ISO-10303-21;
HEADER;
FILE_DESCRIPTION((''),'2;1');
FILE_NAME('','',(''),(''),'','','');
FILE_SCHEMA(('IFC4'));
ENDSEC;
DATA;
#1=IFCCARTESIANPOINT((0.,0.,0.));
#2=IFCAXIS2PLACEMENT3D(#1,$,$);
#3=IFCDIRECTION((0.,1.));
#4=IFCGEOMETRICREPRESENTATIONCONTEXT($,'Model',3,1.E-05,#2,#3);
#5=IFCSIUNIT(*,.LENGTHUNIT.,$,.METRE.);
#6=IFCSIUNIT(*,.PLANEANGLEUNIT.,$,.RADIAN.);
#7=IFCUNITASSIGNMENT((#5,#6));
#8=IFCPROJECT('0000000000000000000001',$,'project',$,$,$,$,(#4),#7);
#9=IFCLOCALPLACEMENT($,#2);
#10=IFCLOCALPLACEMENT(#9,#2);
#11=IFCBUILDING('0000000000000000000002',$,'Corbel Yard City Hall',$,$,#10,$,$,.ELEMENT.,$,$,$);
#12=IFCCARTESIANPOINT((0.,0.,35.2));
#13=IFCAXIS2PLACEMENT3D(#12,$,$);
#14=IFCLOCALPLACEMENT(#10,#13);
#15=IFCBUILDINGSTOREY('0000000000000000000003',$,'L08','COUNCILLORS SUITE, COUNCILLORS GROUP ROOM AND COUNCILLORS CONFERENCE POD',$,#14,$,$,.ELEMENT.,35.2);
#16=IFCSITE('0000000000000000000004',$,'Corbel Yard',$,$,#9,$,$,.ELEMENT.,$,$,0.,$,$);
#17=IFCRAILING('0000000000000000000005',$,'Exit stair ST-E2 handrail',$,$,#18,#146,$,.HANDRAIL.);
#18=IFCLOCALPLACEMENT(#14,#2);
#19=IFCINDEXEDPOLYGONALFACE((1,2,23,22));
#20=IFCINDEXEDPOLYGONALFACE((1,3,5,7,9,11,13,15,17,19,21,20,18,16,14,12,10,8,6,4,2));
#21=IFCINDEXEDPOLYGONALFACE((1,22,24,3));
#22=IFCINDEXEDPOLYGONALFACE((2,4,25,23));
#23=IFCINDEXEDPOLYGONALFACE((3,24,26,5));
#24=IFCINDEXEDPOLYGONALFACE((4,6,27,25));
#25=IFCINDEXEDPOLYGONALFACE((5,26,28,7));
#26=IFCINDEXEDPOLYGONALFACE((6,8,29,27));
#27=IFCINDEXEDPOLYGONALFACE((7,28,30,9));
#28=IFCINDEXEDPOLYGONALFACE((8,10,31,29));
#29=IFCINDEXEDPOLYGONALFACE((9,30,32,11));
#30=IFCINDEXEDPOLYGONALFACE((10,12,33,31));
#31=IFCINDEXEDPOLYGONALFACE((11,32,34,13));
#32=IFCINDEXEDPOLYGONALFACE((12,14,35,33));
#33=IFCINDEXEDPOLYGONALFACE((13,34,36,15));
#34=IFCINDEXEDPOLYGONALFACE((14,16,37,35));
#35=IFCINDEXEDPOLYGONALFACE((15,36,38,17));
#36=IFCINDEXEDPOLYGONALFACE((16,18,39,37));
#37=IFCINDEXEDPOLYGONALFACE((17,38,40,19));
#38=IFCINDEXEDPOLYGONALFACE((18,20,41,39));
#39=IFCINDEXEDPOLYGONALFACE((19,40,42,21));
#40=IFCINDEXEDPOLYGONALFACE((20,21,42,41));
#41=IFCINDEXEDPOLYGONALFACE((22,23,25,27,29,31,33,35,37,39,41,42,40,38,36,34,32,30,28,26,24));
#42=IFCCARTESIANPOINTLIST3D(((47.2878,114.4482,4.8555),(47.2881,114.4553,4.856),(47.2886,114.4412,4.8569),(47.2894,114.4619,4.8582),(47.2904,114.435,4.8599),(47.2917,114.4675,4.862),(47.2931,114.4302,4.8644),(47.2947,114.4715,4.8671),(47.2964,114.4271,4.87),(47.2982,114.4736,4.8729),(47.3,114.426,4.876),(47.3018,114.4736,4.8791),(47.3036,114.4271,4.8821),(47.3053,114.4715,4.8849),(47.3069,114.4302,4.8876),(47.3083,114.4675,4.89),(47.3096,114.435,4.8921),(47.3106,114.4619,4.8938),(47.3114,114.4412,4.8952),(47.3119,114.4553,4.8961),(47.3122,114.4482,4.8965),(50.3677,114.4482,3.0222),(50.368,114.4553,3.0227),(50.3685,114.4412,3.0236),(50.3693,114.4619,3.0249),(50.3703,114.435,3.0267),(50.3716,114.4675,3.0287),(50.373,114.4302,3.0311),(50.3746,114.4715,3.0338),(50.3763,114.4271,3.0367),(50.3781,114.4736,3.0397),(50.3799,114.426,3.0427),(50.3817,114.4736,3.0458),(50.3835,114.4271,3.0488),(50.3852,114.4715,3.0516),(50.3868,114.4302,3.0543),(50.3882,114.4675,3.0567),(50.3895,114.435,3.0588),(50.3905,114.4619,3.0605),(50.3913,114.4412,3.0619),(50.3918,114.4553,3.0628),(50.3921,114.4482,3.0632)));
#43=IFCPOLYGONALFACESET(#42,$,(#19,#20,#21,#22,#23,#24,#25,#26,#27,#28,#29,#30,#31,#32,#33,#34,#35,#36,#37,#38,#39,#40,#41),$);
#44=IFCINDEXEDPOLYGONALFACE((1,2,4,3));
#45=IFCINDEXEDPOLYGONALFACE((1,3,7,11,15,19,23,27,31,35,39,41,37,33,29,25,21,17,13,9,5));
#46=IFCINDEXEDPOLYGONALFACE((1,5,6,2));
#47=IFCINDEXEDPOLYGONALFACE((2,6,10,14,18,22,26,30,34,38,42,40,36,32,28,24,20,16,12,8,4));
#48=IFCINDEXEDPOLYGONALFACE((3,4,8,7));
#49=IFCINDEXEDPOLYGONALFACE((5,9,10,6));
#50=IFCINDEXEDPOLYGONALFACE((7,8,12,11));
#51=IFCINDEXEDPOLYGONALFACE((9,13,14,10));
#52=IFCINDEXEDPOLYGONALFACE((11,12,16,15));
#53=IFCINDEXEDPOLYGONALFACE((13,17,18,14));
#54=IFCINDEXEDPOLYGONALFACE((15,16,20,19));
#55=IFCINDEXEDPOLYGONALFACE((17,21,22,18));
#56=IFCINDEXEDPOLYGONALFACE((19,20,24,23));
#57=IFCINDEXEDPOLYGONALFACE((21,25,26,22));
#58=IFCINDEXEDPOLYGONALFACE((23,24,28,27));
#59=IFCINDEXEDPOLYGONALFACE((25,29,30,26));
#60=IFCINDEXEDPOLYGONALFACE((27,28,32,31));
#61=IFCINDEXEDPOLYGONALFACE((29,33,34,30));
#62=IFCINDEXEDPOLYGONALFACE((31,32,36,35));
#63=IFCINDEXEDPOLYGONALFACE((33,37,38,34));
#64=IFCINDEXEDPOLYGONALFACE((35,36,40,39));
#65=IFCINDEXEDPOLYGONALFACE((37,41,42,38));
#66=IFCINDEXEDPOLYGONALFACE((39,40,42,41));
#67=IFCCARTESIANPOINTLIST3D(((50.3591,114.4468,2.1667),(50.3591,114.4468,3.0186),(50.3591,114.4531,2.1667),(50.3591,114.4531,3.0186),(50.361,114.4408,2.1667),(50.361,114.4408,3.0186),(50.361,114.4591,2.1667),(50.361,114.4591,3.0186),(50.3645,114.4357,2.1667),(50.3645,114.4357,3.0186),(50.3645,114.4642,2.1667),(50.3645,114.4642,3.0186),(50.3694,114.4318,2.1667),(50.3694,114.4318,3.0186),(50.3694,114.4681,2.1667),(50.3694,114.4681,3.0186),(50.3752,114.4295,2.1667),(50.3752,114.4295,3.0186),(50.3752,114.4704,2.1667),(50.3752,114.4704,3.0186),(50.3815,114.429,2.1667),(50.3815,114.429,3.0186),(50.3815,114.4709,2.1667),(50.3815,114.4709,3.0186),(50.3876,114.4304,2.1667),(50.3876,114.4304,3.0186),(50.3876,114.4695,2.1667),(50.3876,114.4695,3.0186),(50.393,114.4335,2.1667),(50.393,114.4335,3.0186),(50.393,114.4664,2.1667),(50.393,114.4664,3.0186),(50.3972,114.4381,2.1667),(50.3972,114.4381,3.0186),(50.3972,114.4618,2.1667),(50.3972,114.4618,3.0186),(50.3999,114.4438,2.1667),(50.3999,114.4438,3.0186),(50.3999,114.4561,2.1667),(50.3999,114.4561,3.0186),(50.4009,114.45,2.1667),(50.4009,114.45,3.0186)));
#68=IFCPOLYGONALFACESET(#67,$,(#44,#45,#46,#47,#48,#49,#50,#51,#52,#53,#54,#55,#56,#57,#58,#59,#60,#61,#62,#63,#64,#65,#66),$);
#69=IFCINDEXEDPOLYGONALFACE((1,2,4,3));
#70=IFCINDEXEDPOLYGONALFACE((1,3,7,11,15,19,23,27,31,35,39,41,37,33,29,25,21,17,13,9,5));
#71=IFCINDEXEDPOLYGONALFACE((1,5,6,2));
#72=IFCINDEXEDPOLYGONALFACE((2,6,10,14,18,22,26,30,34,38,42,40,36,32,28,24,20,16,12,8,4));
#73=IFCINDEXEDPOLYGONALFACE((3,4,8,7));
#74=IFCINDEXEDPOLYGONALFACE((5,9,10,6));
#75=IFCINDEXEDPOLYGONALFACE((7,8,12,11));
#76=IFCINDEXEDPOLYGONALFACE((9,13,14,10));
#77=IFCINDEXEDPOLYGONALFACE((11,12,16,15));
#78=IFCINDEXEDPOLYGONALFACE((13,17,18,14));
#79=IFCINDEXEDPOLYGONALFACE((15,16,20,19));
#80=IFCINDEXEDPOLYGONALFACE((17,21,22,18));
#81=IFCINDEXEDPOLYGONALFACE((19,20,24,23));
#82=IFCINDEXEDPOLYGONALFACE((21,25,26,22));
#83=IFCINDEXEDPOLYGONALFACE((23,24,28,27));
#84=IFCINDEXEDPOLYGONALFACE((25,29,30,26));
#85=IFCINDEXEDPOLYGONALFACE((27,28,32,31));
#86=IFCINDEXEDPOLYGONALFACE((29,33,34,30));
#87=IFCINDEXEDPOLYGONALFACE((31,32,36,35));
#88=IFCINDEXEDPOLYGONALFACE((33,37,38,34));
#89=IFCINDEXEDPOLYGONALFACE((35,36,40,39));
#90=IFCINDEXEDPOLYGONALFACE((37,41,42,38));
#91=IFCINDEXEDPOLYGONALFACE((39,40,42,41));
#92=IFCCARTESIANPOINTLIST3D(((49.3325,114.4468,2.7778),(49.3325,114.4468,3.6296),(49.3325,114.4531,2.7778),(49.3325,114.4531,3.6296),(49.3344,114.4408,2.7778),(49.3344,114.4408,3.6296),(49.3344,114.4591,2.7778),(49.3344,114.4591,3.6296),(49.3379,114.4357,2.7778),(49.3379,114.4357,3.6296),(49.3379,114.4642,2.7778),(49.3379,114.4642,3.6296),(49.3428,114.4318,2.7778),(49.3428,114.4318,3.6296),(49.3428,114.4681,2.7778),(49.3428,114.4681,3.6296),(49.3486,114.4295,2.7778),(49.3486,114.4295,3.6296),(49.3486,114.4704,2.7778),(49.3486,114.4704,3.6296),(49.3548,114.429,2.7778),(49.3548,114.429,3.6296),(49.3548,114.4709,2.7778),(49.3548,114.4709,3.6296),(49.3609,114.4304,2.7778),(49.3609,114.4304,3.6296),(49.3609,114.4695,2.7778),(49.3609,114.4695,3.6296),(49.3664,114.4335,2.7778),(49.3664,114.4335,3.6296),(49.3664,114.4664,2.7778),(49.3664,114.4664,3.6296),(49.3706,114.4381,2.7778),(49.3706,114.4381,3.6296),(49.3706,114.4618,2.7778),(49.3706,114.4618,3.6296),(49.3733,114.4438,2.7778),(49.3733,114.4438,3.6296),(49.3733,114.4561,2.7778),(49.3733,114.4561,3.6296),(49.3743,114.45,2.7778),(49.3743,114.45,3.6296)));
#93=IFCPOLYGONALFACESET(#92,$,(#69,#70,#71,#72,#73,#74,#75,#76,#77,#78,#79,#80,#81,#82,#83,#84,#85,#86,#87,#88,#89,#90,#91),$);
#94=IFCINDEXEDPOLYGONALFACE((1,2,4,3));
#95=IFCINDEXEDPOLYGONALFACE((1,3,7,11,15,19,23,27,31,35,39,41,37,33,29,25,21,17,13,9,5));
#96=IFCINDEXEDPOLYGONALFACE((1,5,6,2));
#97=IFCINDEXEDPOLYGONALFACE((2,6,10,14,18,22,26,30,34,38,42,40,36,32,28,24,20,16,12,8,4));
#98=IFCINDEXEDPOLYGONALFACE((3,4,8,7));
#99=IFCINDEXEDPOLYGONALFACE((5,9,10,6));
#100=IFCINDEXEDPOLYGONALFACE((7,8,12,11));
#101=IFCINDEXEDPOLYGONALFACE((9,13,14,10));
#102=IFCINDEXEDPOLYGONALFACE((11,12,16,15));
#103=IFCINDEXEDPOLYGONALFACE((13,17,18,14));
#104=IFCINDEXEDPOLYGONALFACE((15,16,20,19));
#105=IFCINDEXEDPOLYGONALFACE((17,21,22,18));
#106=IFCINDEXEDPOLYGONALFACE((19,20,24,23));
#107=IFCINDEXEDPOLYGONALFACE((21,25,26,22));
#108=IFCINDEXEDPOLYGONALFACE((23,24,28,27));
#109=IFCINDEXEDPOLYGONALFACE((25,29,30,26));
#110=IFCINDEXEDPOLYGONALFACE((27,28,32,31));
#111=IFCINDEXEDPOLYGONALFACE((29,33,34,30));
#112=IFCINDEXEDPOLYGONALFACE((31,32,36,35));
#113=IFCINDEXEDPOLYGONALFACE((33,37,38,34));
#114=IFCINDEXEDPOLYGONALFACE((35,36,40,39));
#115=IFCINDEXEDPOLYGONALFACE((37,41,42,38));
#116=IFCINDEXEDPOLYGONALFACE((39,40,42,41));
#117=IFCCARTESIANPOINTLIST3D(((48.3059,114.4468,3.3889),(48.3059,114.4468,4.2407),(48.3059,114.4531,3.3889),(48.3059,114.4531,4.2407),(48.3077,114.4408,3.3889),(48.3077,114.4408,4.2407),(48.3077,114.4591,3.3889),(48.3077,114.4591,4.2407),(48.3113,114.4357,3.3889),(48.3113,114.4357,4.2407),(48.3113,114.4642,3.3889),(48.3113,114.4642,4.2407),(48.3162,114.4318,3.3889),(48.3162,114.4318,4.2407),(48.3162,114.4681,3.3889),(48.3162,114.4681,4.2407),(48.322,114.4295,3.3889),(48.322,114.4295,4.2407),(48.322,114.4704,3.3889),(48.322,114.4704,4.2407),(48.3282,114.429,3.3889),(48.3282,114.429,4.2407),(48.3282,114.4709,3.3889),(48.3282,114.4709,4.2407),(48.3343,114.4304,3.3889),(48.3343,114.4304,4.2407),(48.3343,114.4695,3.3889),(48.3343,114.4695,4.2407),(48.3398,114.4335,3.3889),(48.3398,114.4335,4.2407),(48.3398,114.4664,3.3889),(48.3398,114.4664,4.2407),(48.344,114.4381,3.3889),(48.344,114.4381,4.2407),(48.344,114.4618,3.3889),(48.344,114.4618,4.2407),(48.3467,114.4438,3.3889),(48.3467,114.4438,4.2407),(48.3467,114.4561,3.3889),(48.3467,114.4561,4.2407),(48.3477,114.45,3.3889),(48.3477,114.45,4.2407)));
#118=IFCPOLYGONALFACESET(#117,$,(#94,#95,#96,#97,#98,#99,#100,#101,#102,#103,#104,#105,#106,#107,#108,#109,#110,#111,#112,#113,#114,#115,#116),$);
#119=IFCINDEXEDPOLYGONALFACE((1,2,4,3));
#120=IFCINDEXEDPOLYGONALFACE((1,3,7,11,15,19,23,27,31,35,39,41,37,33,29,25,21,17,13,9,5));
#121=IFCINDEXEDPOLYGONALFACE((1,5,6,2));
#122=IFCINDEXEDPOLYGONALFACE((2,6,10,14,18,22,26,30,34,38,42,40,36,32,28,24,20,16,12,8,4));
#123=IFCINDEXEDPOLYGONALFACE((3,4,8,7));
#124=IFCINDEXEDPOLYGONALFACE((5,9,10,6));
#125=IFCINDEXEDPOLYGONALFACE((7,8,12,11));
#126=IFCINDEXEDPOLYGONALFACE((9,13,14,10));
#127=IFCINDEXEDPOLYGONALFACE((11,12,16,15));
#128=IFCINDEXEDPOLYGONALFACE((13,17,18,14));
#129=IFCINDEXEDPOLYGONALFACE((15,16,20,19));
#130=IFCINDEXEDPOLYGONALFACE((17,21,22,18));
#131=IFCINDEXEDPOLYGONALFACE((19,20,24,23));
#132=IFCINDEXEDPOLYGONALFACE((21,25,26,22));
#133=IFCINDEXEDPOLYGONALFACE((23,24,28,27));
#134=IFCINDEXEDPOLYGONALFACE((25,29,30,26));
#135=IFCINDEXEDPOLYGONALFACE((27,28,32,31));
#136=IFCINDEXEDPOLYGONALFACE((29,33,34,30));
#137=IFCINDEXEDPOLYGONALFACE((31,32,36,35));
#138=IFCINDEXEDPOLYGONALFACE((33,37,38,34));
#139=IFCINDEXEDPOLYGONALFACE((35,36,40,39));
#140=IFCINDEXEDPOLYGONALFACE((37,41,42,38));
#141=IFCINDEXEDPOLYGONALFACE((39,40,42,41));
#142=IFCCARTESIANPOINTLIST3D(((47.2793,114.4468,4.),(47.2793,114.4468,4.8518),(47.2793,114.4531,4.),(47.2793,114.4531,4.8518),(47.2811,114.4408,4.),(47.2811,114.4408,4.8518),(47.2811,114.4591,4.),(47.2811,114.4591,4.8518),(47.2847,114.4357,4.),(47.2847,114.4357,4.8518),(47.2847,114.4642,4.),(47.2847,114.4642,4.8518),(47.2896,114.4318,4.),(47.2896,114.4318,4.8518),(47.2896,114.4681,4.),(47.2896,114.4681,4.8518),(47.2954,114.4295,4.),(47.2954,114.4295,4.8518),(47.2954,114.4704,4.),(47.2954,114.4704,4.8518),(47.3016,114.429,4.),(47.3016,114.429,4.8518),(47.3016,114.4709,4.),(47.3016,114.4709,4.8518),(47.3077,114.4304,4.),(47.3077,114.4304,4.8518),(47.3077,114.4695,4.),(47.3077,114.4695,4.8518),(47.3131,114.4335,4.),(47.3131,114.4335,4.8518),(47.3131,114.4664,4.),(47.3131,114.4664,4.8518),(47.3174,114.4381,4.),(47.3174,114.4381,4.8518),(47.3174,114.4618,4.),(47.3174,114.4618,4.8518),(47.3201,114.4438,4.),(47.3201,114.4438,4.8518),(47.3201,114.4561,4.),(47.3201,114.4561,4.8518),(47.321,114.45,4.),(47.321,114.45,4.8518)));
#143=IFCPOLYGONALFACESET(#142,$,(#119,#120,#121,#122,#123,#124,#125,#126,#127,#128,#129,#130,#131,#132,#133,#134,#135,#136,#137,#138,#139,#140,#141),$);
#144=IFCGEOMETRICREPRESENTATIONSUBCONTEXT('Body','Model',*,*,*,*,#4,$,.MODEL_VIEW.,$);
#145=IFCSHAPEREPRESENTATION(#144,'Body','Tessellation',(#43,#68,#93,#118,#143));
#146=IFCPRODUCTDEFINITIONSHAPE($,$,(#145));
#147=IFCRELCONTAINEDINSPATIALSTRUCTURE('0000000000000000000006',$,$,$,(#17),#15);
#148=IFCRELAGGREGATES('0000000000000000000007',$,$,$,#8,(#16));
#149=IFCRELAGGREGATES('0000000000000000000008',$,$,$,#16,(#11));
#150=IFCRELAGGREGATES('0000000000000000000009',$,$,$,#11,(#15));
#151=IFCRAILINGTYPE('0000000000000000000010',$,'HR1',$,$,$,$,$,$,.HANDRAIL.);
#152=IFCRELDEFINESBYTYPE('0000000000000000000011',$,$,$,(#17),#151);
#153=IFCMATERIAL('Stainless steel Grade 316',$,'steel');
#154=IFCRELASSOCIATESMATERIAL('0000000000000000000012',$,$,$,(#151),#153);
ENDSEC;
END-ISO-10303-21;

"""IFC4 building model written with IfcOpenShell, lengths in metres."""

from ifc_helpers import new_model, si_unit, direction, frame, origin, origin_2d, place, context, subcontext, project, spatial, circle, extrude, material, type_object, element, save


model = new_model("IFC4")

# Units and contexts
model_context = context("Model", 3, precision=1e-05, world=origin(), true_north=direction((0.0, 1.0)))
body_context = subcontext(model_context, "Body", "Model", "MODEL_VIEW")
ifc_project = project(units=[si_unit("LENGTHUNIT", "METRE"), si_unit("PLANEANGLEUNIT", "RADIAN")], contexts=[model_context])

# Site, building, storey
site_placement = place(None, origin())
site = spatial("IfcSite", under=ifc_project, at=site_placement, Name="Corbel Yard", CompositionType="ELEMENT", RefElevation=0.0)
building_placement = place(site_placement, origin())
building = spatial("IfcBuilding", under=site, at=building_placement, Name="Corbel Yard City Hall", CompositionType="ELEMENT")
storey_placement = place(building_placement, frame((0.0, 0.0, 35.2)))
storey = spatial("IfcBuildingStorey", under=building, at=storey_placement, Name="L08", Description="COUNCILLORS SUITE, COUNCILLORS GROUP ROOM AND COUNCILLORS CONFERENCE POD", CompositionType="ELEMENT", Elevation=35.2)

# Shared definitions
ifc_material_1 = material(Name="Stainless steel Grade 316", Category="steel")

# Railing
railing_type = type_object("IfcRailingType", Name="HR1", PredefinedType="HANDRAIL", material=ifc_material_1)
for number, where, name in (
    (1, (50.3799, 114.45, 2.1667), "Exit stair ST-E2 handrail"),
):
    element("IfcRailing", number, at=place(storey_placement, frame(where)), inside=storey, type_object=railing_type, Name=name, PredefinedType="HANDRAIL", context=body_context, shape_type="SweptSolid", body=[
        extrude(circle(Radius=0.0239, at=origin_2d()), frame((0.0, 0.0, 0.876), z_axis=(-0.859291, 0.0, 0.511487), x_axis=(0.0, -1.0, 0.0)), (0.0, 0.0, 1.0), 3.5842),
        extrude(circle(Radius=0.021, at=origin_2d()), origin(), (0.0, 0.0, 1.0), 0.8518),
        extrude(circle(Radius=0.021, at=origin_2d()), frame((-1.0266, 0.0, 0.6111)), (0.0, 0.0, 1.0), 0.8518),
        extrude(circle(Radius=0.021, at=origin_2d()), frame((-2.0532, 0.0, 1.2222)), (0.0, 0.0, 1.0), 0.8518),
        extrude(circle(Radius=0.021, at=origin_2d()), frame((-3.0798, 0.0, 1.8333)), (0.0, 0.0, 1.0), 0.8518),
    ])

save(model, "model.ifc")
